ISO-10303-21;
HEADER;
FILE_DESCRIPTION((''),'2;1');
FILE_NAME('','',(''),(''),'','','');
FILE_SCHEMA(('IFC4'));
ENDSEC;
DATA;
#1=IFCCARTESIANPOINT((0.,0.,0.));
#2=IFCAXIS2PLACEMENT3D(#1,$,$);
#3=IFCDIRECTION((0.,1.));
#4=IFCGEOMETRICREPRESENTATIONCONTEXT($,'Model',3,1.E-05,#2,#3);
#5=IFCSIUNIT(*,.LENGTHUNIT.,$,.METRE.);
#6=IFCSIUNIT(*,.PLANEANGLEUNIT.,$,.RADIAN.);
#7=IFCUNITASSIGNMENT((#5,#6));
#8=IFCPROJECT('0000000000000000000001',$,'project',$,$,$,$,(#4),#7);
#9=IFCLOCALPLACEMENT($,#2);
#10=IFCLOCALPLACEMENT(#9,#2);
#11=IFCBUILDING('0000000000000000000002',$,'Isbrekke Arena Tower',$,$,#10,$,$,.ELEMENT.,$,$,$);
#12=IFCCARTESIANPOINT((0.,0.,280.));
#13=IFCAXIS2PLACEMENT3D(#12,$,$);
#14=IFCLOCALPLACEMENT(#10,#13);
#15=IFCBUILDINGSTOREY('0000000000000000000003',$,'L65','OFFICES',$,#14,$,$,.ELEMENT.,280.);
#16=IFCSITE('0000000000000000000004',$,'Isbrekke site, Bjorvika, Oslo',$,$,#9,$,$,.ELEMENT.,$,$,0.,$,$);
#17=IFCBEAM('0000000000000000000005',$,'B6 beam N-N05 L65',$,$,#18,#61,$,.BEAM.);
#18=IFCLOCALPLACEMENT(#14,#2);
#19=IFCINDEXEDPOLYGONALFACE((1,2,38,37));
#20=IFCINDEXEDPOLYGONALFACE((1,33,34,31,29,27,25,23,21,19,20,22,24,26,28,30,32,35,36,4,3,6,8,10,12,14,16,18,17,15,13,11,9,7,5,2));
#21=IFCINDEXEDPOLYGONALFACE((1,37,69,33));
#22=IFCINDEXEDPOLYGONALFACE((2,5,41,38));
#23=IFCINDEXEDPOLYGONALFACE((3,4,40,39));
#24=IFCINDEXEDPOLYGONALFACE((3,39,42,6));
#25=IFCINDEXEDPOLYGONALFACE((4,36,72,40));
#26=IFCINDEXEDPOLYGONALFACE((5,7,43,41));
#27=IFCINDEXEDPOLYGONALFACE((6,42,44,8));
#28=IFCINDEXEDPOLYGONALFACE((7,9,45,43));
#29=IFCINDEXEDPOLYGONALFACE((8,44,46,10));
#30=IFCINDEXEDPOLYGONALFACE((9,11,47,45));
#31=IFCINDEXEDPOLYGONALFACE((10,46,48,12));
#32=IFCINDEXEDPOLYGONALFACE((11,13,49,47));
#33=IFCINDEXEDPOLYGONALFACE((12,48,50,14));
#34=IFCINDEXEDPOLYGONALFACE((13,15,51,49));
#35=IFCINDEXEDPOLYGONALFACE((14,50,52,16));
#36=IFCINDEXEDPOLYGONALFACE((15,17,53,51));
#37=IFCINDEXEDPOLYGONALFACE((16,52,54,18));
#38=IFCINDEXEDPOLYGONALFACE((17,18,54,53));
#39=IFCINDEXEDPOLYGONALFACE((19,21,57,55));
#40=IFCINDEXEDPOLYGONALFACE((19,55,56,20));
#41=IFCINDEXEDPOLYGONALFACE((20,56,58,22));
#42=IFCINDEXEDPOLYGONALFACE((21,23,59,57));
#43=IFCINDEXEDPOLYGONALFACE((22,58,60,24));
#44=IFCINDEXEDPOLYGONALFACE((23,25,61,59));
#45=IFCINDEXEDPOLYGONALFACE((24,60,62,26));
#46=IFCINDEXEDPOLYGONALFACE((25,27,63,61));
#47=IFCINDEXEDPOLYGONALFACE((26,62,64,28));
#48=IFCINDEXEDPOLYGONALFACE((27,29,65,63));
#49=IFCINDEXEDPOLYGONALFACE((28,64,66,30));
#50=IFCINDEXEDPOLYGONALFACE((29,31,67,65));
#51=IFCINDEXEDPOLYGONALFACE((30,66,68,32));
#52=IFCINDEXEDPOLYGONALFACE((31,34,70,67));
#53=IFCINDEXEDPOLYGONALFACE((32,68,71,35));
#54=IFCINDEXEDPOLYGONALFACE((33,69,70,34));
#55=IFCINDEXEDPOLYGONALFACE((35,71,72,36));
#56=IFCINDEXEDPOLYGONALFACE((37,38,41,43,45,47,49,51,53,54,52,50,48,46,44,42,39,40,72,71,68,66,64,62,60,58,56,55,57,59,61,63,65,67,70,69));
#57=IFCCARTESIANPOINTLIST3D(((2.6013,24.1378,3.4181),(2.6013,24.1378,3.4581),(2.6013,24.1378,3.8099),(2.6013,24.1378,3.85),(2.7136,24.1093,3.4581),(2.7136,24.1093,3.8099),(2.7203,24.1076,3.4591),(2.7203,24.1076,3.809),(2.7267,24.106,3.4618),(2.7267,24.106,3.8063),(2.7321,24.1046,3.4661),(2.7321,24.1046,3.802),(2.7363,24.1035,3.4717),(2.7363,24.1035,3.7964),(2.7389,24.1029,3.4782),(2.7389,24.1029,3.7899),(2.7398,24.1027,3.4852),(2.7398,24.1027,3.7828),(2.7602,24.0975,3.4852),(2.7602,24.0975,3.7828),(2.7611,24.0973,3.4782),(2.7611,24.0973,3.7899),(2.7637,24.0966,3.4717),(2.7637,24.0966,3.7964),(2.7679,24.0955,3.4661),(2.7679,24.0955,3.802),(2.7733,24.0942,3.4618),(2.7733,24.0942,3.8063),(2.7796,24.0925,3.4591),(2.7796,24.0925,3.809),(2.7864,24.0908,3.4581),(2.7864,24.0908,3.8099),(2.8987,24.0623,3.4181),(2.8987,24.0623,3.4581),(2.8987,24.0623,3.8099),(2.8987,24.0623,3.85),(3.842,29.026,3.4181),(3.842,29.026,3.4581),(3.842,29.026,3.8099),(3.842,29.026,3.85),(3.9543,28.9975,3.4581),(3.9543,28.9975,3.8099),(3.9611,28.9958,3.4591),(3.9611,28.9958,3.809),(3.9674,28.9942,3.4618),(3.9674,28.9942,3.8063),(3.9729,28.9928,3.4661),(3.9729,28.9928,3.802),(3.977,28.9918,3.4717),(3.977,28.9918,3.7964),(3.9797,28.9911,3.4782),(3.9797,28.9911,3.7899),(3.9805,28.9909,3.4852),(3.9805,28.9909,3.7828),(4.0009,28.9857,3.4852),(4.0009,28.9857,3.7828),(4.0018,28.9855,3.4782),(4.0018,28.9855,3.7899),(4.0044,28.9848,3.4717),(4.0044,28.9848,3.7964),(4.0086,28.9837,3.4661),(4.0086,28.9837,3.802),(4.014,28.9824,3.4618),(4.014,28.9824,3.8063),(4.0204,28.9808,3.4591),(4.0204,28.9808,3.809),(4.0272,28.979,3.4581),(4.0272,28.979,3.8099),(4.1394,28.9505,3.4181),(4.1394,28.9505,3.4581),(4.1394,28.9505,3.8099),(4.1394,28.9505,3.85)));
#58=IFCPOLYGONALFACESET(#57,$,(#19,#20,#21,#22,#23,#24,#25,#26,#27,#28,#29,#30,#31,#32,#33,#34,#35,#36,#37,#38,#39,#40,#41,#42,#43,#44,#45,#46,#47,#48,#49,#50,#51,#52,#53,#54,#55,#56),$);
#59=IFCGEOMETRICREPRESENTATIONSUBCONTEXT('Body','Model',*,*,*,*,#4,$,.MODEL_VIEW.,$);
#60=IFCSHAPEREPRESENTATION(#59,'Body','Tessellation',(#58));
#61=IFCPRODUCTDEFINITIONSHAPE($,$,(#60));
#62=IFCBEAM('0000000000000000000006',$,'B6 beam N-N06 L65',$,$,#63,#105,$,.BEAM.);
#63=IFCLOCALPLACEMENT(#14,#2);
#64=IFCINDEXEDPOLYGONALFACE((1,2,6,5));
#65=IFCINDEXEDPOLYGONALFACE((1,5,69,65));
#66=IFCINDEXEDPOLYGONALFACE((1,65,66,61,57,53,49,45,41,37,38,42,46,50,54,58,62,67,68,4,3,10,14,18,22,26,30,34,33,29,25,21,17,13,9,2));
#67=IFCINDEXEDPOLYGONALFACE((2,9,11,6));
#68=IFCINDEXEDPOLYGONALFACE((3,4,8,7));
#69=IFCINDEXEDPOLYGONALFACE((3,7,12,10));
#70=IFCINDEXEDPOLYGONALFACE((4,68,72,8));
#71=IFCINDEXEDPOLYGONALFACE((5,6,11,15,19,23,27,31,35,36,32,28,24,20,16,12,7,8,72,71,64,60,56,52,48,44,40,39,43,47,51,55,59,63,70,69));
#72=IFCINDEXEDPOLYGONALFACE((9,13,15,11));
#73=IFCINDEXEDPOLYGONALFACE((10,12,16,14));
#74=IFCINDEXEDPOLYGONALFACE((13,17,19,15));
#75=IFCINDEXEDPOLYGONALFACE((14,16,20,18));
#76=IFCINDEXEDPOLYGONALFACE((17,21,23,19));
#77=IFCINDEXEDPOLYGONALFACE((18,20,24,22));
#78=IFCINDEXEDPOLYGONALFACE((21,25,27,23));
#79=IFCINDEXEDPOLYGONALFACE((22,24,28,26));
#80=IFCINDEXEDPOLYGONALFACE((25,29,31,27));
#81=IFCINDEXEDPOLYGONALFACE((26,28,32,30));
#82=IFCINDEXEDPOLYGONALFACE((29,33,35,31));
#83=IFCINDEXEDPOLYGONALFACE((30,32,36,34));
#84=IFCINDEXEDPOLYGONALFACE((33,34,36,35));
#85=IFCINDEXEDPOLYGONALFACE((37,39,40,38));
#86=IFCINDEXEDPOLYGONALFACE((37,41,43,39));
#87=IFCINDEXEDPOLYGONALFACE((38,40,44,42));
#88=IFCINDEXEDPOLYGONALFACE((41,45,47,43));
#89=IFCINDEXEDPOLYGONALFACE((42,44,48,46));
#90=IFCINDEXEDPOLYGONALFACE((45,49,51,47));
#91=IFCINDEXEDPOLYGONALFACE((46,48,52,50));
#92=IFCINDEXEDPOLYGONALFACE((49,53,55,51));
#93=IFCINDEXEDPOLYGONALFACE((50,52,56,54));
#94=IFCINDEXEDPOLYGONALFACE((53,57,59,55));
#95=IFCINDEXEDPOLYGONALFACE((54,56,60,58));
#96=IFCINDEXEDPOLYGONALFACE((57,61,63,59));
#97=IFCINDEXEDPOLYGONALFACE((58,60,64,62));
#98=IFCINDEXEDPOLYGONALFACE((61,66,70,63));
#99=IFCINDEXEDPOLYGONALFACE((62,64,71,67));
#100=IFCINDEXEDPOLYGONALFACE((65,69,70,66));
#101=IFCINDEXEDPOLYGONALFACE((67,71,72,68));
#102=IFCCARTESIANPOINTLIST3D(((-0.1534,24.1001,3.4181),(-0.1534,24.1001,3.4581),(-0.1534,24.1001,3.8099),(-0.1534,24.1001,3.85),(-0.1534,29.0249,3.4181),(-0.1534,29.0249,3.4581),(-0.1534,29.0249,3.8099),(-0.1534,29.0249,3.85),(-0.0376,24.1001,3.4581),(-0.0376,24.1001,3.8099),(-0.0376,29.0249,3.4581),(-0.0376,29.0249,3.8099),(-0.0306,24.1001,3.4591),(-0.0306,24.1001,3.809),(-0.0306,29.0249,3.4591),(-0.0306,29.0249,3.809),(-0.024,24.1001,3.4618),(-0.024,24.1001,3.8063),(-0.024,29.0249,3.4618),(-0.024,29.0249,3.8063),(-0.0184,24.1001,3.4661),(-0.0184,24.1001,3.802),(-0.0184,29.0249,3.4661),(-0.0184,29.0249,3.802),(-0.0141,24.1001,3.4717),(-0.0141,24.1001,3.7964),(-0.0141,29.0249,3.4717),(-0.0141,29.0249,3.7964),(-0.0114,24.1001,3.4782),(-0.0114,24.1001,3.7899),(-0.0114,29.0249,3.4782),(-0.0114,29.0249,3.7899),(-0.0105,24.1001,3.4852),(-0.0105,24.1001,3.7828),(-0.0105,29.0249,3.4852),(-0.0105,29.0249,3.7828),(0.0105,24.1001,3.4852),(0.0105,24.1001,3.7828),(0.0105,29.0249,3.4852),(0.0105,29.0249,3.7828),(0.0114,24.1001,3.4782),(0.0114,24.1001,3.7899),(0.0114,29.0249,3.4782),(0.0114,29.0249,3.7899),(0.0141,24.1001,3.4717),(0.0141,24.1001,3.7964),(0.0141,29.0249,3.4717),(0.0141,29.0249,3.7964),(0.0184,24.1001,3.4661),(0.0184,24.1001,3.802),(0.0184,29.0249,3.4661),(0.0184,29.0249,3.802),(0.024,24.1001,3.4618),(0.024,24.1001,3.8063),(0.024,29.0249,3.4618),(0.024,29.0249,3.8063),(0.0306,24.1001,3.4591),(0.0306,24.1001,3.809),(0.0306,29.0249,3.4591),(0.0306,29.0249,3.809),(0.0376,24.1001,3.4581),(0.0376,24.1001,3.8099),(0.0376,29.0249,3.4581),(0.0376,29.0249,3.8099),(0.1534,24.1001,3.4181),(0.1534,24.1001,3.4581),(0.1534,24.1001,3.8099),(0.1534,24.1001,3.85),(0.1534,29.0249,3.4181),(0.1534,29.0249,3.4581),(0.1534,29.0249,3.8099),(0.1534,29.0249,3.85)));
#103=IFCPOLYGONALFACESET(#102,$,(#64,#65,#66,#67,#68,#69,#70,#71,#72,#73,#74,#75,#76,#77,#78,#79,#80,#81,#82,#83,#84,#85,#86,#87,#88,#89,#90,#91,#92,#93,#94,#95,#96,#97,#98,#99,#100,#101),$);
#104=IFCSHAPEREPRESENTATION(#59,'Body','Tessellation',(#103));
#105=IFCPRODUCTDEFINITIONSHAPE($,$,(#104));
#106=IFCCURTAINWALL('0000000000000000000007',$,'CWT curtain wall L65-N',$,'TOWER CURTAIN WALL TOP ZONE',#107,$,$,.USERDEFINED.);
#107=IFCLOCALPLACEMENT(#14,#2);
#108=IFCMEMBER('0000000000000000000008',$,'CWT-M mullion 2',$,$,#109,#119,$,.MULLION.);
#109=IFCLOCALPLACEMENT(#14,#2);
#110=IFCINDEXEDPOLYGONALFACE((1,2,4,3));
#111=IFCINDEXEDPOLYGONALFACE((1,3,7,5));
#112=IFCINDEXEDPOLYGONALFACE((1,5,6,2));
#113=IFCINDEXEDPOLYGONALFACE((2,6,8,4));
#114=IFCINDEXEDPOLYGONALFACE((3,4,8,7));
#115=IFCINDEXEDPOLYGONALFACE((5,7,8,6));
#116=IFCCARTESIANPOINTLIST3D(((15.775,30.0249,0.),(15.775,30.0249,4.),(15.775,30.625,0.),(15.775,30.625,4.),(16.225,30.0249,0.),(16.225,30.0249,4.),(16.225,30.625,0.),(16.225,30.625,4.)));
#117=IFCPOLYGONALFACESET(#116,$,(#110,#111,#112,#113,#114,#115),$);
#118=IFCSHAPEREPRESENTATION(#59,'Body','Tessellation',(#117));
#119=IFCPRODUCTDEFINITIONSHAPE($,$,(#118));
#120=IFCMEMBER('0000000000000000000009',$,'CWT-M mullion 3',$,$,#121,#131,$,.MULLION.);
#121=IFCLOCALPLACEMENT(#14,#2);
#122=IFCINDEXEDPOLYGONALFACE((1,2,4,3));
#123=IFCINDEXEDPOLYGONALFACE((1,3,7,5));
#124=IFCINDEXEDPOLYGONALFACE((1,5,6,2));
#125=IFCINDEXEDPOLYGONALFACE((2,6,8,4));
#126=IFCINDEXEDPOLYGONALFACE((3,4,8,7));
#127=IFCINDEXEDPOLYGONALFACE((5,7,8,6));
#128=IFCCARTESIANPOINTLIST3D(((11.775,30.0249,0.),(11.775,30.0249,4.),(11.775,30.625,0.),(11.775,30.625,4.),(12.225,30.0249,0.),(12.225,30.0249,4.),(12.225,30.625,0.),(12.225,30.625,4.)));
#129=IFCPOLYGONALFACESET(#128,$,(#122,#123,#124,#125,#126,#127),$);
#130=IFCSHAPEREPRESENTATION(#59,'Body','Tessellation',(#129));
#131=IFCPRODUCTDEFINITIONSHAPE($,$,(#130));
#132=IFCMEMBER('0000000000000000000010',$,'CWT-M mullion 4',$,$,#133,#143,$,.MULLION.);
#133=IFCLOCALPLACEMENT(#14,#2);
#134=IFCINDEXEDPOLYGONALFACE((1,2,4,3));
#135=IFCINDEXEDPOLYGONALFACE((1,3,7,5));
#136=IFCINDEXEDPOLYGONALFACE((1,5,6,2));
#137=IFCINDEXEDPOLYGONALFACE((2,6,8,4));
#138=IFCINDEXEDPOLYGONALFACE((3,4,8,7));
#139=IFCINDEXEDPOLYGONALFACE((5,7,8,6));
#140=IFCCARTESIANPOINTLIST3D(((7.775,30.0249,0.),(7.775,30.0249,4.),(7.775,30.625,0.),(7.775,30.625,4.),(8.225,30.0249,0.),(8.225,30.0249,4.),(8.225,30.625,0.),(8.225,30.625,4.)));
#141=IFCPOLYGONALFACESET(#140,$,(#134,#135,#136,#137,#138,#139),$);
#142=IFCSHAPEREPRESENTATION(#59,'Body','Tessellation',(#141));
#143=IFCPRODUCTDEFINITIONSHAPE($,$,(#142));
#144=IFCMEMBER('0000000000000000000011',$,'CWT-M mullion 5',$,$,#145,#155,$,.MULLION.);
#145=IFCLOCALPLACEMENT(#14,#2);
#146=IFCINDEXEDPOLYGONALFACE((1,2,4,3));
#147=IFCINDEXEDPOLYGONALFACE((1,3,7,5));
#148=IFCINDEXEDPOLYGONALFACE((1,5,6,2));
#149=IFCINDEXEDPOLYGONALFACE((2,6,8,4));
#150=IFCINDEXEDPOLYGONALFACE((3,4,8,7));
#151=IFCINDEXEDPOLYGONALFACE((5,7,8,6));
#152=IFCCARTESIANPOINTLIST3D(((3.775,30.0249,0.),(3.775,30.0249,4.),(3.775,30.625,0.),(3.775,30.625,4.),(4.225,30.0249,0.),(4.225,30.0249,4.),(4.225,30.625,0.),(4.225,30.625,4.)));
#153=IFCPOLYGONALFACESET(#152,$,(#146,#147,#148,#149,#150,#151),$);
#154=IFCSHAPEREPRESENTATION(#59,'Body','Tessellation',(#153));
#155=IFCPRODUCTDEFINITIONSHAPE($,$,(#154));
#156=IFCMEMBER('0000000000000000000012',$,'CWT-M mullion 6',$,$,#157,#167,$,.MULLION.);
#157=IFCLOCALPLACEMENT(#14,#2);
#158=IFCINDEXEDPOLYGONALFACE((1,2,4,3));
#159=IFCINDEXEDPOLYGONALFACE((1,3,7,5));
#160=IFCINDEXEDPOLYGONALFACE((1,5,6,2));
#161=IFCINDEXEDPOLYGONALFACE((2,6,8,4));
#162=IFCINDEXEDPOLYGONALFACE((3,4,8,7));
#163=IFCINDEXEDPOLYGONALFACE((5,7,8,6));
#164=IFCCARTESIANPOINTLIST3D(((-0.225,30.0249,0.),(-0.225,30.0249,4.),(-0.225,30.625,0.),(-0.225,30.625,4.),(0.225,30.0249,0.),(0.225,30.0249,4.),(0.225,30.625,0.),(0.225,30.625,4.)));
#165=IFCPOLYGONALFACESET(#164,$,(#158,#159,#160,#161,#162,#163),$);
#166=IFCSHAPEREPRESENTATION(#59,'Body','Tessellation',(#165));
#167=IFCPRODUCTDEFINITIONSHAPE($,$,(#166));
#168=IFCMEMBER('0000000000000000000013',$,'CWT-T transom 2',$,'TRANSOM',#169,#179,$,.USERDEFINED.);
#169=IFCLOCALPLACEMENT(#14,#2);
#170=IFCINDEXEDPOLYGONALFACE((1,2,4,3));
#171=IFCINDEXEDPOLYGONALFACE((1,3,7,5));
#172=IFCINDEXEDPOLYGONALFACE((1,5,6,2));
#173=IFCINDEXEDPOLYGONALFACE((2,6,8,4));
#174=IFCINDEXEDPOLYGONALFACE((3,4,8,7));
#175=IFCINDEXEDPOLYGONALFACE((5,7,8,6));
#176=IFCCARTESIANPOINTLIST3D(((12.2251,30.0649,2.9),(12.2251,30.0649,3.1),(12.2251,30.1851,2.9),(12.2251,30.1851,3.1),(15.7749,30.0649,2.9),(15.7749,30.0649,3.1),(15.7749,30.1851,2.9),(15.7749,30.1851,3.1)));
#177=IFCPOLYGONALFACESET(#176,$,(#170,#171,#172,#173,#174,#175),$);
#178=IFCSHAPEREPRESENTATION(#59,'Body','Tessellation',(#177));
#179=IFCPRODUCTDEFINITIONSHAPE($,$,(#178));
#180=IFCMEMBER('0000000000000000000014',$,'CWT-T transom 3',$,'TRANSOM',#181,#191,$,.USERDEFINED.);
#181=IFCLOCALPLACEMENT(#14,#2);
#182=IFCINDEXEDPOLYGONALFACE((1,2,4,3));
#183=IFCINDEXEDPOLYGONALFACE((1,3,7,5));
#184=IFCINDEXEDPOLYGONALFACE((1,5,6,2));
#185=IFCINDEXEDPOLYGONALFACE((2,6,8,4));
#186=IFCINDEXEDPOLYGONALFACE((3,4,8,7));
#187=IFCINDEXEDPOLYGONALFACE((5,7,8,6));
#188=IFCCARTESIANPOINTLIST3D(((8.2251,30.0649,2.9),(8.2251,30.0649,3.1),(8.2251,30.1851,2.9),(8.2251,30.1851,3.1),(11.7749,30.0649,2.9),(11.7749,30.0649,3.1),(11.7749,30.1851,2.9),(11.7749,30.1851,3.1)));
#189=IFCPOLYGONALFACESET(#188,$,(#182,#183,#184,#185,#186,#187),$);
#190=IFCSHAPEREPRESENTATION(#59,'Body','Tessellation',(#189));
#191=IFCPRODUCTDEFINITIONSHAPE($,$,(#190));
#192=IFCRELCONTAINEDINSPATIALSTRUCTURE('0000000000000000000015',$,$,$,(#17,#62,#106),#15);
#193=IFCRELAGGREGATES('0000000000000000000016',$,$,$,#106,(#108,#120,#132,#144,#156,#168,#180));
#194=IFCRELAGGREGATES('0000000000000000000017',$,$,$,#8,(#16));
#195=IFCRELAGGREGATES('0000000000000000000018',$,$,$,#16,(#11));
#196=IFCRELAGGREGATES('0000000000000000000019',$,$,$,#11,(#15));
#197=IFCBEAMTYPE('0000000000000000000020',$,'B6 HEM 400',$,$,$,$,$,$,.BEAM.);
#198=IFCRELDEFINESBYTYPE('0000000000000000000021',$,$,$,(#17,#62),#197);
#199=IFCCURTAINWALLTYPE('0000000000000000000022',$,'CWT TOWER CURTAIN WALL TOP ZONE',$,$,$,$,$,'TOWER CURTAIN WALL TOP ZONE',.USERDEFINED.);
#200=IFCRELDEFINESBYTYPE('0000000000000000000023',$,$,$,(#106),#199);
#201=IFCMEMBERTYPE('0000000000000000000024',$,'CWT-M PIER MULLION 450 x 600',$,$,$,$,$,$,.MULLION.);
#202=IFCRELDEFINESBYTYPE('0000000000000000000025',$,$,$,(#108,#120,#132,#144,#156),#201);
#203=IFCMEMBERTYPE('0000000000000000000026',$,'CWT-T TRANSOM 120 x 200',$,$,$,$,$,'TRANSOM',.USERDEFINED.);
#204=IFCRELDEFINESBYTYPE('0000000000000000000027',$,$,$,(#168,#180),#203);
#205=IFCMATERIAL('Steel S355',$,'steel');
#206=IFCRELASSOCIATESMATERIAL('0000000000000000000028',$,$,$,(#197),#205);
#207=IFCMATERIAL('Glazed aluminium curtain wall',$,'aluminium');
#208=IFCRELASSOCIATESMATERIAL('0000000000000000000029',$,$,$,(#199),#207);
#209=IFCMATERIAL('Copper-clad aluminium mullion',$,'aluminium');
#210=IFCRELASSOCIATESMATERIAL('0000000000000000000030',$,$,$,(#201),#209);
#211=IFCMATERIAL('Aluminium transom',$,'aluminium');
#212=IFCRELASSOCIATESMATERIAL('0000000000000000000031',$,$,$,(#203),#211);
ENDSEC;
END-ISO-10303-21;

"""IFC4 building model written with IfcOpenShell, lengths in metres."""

from ifc_helpers import new_model, si_unit, direction, frame, origin, origin_2d, place, context, subcontext, project, spatial, rectangle, i_section, extrude, material, material_profile, profile_set, type_object, element, aggregate, save


model = new_model("IFC4")

# Units and contexts
model_context = context("Model", 3, precision=1e-05, world=origin(), true_north=direction((0.0, 1.0)))
body_context = subcontext(model_context, "Body", "Model", "MODEL_VIEW")
ifc_project = project(units=[si_unit("LENGTHUNIT", "METRE"), si_unit("PLANEANGLEUNIT", "RADIAN")], contexts=[model_context])

# Site, building, storey
site_placement = place(None, origin())
site = spatial("IfcSite", under=ifc_project, at=site_placement, Name="Isbrekke site, Bjorvika, Oslo", CompositionType="ELEMENT", RefElevation=0.0)
building_placement = place(site_placement, origin())
building = spatial("IfcBuilding", under=site, at=building_placement, Name="Isbrekke Arena Tower", CompositionType="ELEMENT")
storey_placement = place(building_placement, frame((0.0, 0.0, 280.0)))
storey = spatial("IfcBuildingStorey", under=building, at=storey_placement, Name="L65", Description="OFFICES", CompositionType="ELEMENT", Elevation=280.0)

# Beams
ifc_material_1 = material(Name="Steel S355", Category="steel")
ifc_material_profile_1 = material_profile(ifc_material_1, i_section(OverallWidth=0.3069, OverallDepth=0.4319, WebThickness=0.021, FlangeThickness=0.04, FilletRadius=0.0271, at=origin_2d()), Name="HEM 400")
ifc_profile_set_1 = profile_set([ifc_material_profile_1], Name="Steel S355")
beam_type_1 = type_object("IfcBeamType", Name="B6 HEM 400", PredefinedType="BEAM", material=ifc_profile_set_1)
beam_1_placement = place(storey_placement, frame((3.9907, 28.9883, 3.634), z_axis=(-0.24602, -0.969265, 0.0), x_axis=(0.969265, -0.24602, 0.0)))
element("IfcBeam", 1, at=beam_1_placement, inside=storey, type_object=beam_type_1, Name="B6 beam N-N05 L65", PredefinedType="BEAM", context=body_context, shape_type="SweptSolid", body=[
    extrude(i_section(OverallWidth=0.3069, OverallDepth=0.4319, WebThickness=0.021, FlangeThickness=0.04, FilletRadius=0.0271, at=origin_2d()), origin(), (0.0, 0.0, 1.0), 5.0432),
])
beam_2_placement = place(storey_placement, frame((0.0, 29.0249, 3.634), z_axis=(0.0, -1.0, 0.0), x_axis=(1.0, 0.0, 0.0)))
element("IfcBeam", 2, at=beam_2_placement, inside=storey, type_object=beam_type_1, Name="B6 beam N-N06 L65", PredefinedType="BEAM", context=body_context, shape_type="SweptSolid", body=[
    extrude(i_section(OverallWidth=0.3069, OverallDepth=0.4319, WebThickness=0.021, FlangeThickness=0.04, FilletRadius=0.0271, at=origin_2d()), origin(), (0.0, 0.0, 1.0), 4.9248),
])

# Curtain wall, members
ifc_material_2 = material(Name="Glazed aluminium curtain wall", Category="aluminium")
curtain_wall_type = type_object("IfcCurtainWallType", Name="CWT TOWER CURTAIN WALL TOP ZONE", ElementType="TOWER CURTAIN WALL TOP ZONE", PredefinedType="USERDEFINED", material=ifc_material_2)
curtain_wall_placement = place(storey_placement, origin())
curtain_wall = element("IfcCurtainWall", 3, at=curtain_wall_placement, inside=storey, type_object=curtain_wall_type, Name="CWT curtain wall L65-N", ObjectType="TOWER CURTAIN WALL TOP ZONE", PredefinedType="USERDEFINED")
ifc_material_3 = material(Name="Copper-clad aluminium mullion", Category="aluminium")
ifc_material_profile_2 = material_profile(ifc_material_3, rectangle(XDim=0.45, YDim=0.6001, at=origin_2d()), Name="PIER 450X600")
ifc_profile_set_2 = profile_set([ifc_material_profile_2], Name="Copper-clad aluminium mullion")
member_type_1 = type_object("IfcMemberType", Name="CWT-M PIER MULLION 450 x 600", PredefinedType="MULLION", material=ifc_profile_set_2)
member_1_placement = place(storey_placement, frame((16.0, 30.325, 0.0), z_axis=(0.0, 0.0, 1.0), x_axis=(-1.0, 0.0, 0.0)))
member_1 = element("IfcMember", 4, at=member_1_placement, type_object=member_type_1, Name="CWT-M mullion 2", PredefinedType="MULLION", context=body_context, shape_type="SweptSolid", body=[
    extrude(rectangle(XDim=0.45, YDim=0.6001, at=origin_2d()), origin(), (0.0, 0.0, 1.0), 4.0),
])
member_2_placement = place(storey_placement, frame((12.0, 30.325, 0.0), z_axis=(0.0, 0.0, 1.0), x_axis=(-1.0, 0.0, 0.0)))
member_2 = element("IfcMember", 5, at=member_2_placement, type_object=member_type_1, Name="CWT-M mullion 3", PredefinedType="MULLION", context=body_context, shape_type="SweptSolid", body=[
    extrude(rectangle(XDim=0.45, YDim=0.6001, at=origin_2d()), origin(), (0.0, 0.0, 1.0), 4.0),
])
member_3_placement = place(storey_placement, frame((8.0, 30.325, 0.0), z_axis=(0.0, 0.0, 1.0), x_axis=(-1.0, 0.0, 0.0)))
member_3 = element("IfcMember", 6, at=member_3_placement, type_object=member_type_1, Name="CWT-M mullion 4", PredefinedType="MULLION", context=body_context, shape_type="SweptSolid", body=[
    extrude(rectangle(XDim=0.45, YDim=0.6001, at=origin_2d()), origin(), (0.0, 0.0, 1.0), 4.0),
])
member_4_placement = place(storey_placement, frame((4.0, 30.325, 0.0), z_axis=(0.0, 0.0, 1.0), x_axis=(-1.0, 0.0, 0.0)))
member_4 = element("IfcMember", 7, at=member_4_placement, type_object=member_type_1, Name="CWT-M mullion 5", PredefinedType="MULLION", context=body_context, shape_type="SweptSolid", body=[
    extrude(rectangle(XDim=0.45, YDim=0.6001, at=origin_2d()), origin(), (0.0, 0.0, 1.0), 4.0),
])
member_5_placement = place(storey_placement, frame((0.0, 30.325, 0.0), z_axis=(0.0, 0.0, 1.0), x_axis=(-1.0, 0.0, 0.0)))
member_5 = element("IfcMember", 8, at=member_5_placement, type_object=member_type_1, Name="CWT-M mullion 6", PredefinedType="MULLION", context=body_context, shape_type="SweptSolid", body=[
    extrude(rectangle(XDim=0.45, YDim=0.6001, at=origin_2d()), origin(), (0.0, 0.0, 1.0), 4.0),
])
ifc_material_4 = material(Name="Aluminium transom", Category="aluminium")
ifc_material_profile_3 = material_profile(ifc_material_4, rectangle(XDim=0.1201, YDim=0.2, at=origin_2d()), Name="TRANSOM 120X200")
ifc_profile_set_3 = profile_set([ifc_material_profile_3], Name="Aluminium transom")
member_type_2 = type_object("IfcMemberType", Name="CWT-T TRANSOM 120 x 200", ElementType="TRANSOM", PredefinedType="USERDEFINED", material=ifc_profile_set_3)
member_6_placement = place(storey_placement, frame((15.7749, 30.125, 3.0), z_axis=(-1.0, 0.0, 0.0), x_axis=(0.0, -1.0, 0.0)))
member_6 = element("IfcMember", 9, at=member_6_placement, type_object=member_type_2, Name="CWT-T transom 2", ObjectType="TRANSOM", PredefinedType="USERDEFINED", context=body_context, shape_type="SweptSolid", body=[
    extrude(rectangle(XDim=0.1201, YDim=0.2, at=origin_2d()), origin(), (0.0, 0.0, 1.0), 3.5498),
])
member_7_placement = place(storey_placement, frame((11.7749, 30.125, 3.0), z_axis=(-1.0, 0.0, 0.0), x_axis=(0.0, -1.0, 0.0)))
member_7 = element("IfcMember", 10, at=member_7_placement, type_object=member_type_2, Name="CWT-T transom 3", ObjectType="TRANSOM", PredefinedType="USERDEFINED", context=body_context, shape_type="SweptSolid", body=[
    extrude(rectangle(XDim=0.1201, YDim=0.2, at=origin_2d()), origin(), (0.0, 0.0, 1.0), 3.5498),
])

aggregate(curtain_wall, [member_1, member_2, member_3, member_4, member_5, member_6, member_7])

save(model, "model.ifc")
